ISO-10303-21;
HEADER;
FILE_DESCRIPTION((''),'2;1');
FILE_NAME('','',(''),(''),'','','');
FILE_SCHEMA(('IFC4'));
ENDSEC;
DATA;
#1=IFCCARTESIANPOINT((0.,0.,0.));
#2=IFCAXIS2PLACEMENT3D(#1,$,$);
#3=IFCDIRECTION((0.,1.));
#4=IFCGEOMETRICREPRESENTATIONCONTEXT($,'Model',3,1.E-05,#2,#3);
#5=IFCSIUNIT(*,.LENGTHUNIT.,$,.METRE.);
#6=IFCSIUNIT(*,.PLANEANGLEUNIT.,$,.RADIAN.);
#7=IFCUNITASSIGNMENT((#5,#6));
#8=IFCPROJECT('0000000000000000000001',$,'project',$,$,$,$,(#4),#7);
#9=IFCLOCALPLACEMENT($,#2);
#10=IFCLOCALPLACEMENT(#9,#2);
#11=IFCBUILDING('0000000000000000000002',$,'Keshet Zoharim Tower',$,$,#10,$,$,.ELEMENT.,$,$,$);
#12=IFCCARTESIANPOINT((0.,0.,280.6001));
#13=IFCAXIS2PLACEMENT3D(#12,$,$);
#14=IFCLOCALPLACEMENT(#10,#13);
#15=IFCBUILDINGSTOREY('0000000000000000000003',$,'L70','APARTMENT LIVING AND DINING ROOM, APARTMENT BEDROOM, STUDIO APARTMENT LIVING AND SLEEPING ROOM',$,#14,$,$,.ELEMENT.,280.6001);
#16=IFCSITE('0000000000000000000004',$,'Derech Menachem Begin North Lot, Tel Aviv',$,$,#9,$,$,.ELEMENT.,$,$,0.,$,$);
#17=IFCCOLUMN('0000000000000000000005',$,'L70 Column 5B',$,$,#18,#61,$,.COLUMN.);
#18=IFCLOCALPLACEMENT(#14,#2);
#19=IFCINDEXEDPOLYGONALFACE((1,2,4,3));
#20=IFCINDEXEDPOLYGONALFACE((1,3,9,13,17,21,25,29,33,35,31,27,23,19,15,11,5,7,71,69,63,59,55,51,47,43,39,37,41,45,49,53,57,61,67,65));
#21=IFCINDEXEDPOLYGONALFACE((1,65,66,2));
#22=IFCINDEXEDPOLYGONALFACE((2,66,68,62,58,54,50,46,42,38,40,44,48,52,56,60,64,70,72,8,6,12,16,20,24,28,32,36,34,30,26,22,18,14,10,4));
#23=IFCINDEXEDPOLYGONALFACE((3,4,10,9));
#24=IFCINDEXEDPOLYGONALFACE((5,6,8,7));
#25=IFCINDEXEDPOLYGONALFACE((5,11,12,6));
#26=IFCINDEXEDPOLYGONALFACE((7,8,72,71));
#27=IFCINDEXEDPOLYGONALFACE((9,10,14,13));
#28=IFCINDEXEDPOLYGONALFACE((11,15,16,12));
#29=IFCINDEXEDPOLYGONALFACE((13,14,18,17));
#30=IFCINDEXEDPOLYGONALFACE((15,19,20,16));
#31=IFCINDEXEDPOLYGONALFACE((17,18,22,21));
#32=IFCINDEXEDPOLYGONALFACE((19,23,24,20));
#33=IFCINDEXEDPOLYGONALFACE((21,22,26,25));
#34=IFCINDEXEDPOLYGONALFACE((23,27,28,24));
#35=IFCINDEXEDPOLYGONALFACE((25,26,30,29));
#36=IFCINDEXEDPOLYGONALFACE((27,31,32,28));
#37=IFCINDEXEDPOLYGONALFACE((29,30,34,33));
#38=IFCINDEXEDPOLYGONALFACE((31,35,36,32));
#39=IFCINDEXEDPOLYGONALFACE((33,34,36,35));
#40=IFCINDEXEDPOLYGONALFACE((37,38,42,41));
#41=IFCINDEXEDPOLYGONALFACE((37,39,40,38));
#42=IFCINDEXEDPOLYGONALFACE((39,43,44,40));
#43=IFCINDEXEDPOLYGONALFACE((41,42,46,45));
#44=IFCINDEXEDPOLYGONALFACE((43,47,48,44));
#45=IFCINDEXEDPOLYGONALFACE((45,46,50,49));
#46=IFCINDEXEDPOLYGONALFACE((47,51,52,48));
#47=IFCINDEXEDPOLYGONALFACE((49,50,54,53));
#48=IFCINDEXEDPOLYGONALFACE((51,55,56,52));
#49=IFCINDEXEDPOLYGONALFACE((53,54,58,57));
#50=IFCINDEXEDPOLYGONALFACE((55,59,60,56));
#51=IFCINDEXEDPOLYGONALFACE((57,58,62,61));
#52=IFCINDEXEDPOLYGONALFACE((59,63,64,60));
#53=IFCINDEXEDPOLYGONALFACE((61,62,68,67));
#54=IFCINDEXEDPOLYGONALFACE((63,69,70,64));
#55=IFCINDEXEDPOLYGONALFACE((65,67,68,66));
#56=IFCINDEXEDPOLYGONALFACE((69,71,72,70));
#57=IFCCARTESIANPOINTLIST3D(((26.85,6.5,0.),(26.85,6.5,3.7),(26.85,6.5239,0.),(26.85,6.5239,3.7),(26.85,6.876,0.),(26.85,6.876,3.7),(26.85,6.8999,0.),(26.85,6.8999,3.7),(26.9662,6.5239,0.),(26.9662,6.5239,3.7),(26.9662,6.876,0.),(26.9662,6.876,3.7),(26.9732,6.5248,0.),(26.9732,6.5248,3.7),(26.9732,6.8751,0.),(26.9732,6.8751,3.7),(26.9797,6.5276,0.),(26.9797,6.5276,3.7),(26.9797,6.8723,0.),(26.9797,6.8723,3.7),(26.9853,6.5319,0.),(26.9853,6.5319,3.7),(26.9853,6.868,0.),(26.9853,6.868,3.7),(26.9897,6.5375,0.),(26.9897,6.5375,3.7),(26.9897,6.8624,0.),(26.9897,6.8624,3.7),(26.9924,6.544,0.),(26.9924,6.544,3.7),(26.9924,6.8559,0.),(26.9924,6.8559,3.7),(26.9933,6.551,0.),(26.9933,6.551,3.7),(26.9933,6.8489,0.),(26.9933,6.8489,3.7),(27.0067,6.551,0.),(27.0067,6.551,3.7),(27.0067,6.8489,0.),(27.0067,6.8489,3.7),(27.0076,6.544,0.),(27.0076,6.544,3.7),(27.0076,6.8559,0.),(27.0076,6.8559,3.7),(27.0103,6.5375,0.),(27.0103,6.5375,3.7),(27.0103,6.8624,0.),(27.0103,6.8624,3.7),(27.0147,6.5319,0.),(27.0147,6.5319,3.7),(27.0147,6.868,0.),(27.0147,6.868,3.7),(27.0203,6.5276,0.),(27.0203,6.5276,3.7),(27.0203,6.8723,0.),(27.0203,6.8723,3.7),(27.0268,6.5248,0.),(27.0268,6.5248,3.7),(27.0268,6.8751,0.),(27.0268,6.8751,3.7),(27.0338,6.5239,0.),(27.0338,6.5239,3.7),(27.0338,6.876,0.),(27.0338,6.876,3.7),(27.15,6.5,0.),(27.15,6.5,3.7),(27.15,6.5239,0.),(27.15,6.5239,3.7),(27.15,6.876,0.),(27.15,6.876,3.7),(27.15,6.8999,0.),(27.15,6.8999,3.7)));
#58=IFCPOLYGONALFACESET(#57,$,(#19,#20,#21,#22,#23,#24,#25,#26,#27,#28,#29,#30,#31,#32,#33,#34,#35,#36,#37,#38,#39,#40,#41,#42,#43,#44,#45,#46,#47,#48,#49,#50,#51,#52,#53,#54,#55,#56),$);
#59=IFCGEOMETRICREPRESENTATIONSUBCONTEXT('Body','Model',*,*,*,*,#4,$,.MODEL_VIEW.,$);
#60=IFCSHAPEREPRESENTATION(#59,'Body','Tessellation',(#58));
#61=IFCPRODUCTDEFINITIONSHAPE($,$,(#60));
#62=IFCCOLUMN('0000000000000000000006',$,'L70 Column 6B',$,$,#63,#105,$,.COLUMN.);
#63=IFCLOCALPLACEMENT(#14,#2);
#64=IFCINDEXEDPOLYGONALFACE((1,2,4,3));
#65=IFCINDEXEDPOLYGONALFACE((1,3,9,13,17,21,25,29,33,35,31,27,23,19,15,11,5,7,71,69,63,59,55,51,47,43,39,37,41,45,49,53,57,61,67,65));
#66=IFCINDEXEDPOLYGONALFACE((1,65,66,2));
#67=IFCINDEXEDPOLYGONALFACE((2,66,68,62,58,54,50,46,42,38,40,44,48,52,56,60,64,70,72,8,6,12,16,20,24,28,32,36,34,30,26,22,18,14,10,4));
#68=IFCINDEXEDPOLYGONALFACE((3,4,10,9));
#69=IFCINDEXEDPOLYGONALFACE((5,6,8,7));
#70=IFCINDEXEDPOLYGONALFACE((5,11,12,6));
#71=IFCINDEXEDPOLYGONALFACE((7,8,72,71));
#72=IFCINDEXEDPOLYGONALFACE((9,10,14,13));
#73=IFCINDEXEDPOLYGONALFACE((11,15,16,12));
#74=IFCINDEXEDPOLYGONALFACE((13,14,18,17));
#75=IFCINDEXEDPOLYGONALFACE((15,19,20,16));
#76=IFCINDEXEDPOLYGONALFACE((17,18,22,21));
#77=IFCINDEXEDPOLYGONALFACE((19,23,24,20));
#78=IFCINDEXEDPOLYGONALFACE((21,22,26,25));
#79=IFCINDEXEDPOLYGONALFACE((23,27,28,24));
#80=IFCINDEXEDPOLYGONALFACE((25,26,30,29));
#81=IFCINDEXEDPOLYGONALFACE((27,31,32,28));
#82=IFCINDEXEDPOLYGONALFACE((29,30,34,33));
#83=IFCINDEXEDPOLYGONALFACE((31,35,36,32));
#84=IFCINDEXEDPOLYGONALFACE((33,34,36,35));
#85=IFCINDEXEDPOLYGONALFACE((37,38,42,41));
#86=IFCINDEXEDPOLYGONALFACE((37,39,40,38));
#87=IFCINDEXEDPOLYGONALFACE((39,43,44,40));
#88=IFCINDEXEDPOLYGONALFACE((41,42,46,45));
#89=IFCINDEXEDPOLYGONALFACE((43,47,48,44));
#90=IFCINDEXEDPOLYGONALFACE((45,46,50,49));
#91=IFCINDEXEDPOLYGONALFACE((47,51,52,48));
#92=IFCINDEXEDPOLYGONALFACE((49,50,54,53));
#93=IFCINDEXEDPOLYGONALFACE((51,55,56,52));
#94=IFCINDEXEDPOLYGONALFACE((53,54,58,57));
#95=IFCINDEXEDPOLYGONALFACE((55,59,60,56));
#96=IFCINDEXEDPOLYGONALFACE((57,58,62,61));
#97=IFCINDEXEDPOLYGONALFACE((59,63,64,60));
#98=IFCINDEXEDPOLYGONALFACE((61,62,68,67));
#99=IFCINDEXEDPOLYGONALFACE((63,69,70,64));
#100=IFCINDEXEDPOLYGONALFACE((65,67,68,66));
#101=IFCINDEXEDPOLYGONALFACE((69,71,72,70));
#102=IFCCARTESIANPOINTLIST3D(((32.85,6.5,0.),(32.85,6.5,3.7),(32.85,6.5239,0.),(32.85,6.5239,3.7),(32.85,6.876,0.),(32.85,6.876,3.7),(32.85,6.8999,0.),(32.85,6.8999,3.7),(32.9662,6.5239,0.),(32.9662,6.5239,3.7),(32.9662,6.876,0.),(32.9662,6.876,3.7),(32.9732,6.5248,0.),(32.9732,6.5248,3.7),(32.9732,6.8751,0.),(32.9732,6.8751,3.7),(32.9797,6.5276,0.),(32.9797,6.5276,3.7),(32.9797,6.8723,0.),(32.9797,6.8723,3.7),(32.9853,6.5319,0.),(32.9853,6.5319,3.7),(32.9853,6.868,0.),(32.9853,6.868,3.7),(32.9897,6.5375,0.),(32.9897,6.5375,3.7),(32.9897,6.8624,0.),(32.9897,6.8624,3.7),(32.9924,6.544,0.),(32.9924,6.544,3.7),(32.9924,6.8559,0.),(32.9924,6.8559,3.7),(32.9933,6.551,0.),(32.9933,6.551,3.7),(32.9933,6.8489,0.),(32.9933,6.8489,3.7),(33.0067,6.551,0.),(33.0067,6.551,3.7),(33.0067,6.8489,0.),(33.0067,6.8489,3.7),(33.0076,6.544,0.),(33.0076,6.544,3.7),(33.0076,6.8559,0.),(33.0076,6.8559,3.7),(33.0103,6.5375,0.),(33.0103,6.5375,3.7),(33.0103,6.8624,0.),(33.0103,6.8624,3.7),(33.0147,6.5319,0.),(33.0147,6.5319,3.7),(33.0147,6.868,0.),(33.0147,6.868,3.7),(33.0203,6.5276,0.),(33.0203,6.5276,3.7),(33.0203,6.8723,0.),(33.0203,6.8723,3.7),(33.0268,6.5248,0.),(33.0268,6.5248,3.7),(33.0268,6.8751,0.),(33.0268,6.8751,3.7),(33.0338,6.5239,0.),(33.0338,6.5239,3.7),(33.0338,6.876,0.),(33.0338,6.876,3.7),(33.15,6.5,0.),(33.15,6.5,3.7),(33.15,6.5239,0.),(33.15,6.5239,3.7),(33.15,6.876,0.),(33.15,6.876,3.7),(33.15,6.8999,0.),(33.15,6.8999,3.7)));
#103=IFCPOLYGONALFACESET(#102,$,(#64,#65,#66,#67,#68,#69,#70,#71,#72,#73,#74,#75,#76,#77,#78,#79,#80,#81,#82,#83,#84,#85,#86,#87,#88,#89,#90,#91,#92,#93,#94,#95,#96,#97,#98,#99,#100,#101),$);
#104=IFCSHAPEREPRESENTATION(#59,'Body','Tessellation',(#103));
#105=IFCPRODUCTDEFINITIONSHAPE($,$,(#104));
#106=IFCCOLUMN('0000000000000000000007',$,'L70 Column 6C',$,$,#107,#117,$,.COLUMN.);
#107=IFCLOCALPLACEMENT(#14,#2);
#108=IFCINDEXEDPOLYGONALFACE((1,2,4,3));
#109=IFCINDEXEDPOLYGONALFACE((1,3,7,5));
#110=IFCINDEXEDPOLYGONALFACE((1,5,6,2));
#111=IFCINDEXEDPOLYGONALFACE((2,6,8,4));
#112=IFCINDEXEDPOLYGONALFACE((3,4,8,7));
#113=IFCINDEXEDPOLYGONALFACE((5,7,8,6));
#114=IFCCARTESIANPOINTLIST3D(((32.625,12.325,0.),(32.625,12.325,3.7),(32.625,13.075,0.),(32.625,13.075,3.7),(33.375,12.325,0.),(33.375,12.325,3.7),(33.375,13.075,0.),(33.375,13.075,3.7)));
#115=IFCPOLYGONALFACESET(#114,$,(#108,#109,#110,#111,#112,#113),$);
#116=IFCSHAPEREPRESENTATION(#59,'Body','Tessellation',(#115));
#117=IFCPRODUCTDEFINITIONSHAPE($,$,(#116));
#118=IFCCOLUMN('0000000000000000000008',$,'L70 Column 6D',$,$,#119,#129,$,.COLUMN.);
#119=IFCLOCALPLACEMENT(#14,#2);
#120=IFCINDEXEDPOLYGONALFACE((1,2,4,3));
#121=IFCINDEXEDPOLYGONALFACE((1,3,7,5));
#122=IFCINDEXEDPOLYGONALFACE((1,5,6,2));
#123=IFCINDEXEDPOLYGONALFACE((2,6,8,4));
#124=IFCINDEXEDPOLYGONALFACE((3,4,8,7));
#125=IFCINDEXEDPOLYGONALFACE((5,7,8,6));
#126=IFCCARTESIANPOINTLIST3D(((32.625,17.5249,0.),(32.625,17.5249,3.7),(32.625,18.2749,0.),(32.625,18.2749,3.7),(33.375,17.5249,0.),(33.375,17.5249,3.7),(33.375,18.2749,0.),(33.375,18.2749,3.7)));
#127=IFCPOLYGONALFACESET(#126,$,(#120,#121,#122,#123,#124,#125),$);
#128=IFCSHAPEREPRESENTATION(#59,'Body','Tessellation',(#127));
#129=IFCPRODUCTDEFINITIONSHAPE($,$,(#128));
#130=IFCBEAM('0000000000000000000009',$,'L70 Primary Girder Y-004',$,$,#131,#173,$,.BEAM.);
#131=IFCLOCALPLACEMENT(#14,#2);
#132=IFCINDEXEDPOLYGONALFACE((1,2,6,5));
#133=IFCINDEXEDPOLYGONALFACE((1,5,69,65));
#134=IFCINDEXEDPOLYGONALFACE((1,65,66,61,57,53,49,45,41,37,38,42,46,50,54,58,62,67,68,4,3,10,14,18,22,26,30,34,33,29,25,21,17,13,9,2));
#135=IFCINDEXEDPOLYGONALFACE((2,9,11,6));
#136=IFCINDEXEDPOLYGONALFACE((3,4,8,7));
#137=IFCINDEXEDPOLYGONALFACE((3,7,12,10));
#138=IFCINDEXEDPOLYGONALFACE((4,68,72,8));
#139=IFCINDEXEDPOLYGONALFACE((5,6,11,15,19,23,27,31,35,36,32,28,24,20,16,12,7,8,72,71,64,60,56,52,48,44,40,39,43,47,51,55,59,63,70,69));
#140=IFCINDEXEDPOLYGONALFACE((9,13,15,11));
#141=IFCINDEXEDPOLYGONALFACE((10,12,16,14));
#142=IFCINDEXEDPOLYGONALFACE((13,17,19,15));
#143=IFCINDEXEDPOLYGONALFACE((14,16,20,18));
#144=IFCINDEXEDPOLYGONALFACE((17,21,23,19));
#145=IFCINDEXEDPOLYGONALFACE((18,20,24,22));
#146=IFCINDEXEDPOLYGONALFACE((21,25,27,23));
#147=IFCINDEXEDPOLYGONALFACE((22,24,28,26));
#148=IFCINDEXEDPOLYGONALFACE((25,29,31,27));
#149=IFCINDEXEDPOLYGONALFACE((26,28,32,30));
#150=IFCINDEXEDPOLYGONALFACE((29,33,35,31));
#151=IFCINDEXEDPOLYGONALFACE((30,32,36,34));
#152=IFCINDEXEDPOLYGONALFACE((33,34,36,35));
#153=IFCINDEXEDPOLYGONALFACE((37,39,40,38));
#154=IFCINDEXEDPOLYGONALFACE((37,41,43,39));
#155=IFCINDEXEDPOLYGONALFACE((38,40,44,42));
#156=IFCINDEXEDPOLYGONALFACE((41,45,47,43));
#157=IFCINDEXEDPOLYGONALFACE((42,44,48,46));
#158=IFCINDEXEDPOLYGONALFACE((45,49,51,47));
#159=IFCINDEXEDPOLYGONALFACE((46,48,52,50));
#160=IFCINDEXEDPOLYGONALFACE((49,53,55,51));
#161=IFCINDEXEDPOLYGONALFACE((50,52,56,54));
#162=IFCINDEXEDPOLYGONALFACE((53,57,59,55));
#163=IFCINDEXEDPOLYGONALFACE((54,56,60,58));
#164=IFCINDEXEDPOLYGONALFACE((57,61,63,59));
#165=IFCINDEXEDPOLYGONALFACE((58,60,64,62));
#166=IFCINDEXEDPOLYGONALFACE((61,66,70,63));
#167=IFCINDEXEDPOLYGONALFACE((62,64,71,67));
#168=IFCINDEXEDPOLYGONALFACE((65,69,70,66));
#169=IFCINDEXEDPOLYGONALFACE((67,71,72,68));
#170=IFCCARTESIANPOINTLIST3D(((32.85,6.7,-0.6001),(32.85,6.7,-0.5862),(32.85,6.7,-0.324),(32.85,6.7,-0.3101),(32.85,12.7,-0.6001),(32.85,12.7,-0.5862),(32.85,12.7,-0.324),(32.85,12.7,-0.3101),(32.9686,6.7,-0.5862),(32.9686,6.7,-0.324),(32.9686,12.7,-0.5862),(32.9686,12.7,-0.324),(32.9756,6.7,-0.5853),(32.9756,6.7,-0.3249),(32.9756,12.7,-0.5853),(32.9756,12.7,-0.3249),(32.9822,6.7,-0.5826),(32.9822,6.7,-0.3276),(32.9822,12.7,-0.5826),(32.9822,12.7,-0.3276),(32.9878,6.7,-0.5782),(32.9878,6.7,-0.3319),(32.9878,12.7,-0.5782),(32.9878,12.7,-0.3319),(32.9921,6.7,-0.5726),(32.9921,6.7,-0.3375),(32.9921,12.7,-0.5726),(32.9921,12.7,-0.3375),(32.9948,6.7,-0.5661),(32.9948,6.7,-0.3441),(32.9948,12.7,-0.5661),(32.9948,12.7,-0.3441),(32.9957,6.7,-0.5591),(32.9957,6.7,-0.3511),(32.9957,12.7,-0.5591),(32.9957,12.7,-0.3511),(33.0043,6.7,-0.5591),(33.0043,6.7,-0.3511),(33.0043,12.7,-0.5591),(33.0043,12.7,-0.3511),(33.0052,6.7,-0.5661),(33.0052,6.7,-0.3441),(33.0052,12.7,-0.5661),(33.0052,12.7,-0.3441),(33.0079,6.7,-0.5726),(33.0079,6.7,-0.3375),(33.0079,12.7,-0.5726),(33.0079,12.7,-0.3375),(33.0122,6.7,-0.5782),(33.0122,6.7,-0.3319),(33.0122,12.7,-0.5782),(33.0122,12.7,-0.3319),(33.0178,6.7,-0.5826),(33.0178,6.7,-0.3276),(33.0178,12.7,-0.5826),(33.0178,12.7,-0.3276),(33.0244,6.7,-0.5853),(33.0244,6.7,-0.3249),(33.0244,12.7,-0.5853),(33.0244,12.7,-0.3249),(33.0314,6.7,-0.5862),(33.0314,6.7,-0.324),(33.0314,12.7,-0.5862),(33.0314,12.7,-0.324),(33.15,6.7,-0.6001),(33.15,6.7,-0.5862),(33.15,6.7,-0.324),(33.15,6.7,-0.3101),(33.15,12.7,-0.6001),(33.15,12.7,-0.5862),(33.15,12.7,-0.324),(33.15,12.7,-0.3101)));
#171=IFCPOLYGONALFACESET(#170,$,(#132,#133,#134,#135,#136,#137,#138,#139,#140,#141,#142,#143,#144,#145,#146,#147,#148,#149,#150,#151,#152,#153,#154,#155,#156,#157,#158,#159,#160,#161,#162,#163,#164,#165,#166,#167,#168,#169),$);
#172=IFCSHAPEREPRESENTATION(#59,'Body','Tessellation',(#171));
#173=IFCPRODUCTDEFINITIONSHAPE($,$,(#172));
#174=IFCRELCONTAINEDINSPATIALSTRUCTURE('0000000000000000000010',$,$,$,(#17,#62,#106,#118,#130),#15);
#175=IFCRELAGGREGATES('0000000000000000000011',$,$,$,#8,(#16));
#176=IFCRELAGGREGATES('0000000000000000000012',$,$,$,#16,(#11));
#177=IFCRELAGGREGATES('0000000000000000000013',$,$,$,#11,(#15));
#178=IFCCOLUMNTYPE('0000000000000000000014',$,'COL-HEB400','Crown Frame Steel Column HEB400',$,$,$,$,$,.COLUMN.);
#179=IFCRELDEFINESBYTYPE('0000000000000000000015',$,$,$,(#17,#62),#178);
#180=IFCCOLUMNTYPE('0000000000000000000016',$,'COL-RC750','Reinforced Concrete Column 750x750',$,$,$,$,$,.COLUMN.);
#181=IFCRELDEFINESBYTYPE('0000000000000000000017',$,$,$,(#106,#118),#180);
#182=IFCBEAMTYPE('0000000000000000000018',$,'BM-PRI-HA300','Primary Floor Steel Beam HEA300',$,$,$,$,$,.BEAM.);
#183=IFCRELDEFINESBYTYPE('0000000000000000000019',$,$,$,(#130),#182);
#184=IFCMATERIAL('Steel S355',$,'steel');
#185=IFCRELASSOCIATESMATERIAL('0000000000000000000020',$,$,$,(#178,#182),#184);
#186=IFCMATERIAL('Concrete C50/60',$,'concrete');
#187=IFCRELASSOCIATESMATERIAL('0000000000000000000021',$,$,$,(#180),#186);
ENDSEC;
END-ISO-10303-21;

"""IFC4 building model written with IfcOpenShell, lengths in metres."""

from ifc_helpers import new_model, si_unit, direction, frame, origin, origin_2d, place, context, subcontext, project, spatial, rectangle, i_section, extrude, material, material_profile, profile_set, type_object, element, save


model = new_model("IFC4")

# Units and contexts
model_context = context("Model", 3, precision=1e-05, world=origin(), true_north=direction((0.0, 1.0)))
body_context = subcontext(model_context, "Body", "Model", "MODEL_VIEW")
ifc_project = project(units=[si_unit("LENGTHUNIT", "METRE"), si_unit("PLANEANGLEUNIT", "RADIAN")], contexts=[model_context])

# Site, building, storey
site_placement = place(None, origin())
site = spatial("IfcSite", under=ifc_project, at=site_placement, Name="Derech Menachem Begin North Lot, Tel Aviv", CompositionType="ELEMENT", RefElevation=0.0)
building_placement = place(site_placement, origin())
building = spatial("IfcBuilding", under=site, at=building_placement, Name="Keshet Zoharim Tower", CompositionType="ELEMENT")
storey_placement = place(building_placement, frame((0.0, 0.0, 280.6001)))
storey = spatial("IfcBuildingStorey", under=building, at=storey_placement, Name="L70", Description="APARTMENT LIVING AND DINING ROOM, APARTMENT BEDROOM, STUDIO APARTMENT LIVING AND SLEEPING ROOM", CompositionType="ELEMENT", Elevation=280.6001)

# Columns
ifc_material_1 = material(Name="Steel S355", Category="steel")
ifc_material_profile_1 = material_profile(ifc_material_1, i_section(OverallWidth=0.3, OverallDepth=0.3999, WebThickness=0.0134, FlangeThickness=0.0239, FilletRadius=0.0271, at=origin_2d()), Name="HEB400")
ifc_profile_set_1 = profile_set([ifc_material_profile_1], Name="Steel S355")
column_type_1 = type_object("IfcColumnType", Name="COL-HEB400", Description="Crown Frame Steel Column HEB400", PredefinedType="COLUMN", material=ifc_profile_set_1)
for number, where, z_axis, x_axis, name in (
    (1, (27.0, 6.7, 0.0), (0.0, 0.0, 1.0), (1.0, 0.0, 0.0), "L70 Column 5B"),
    (2, (33.0, 6.7, 0.0), (0.0, 0.0, 1.0), (1.0, 0.0, 0.0), "L70 Column 6B"),
):
    element("IfcColumn", number, at=place(storey_placement, frame(where, z_axis=z_axis, x_axis=x_axis)), inside=storey, type_object=column_type_1, Name=name, PredefinedType="COLUMN", context=body_context, shape_type="SweptSolid", body=[
        extrude(i_section(OverallWidth=0.3, OverallDepth=0.3999, WebThickness=0.0134, FlangeThickness=0.0239, FilletRadius=0.0271, at=origin_2d()), origin(), (0.0, 0.0, 1.0), 3.7),
    ])
ifc_material_2 = material(Name="Concrete C50/60", Category="concrete")
ifc_material_profile_2 = material_profile(ifc_material_2, rectangle(XDim=0.75, YDim=0.75, at=origin_2d()), Name="RC750x750")
ifc_profile_set_2 = profile_set([ifc_material_profile_2], Name="Concrete C50/60")
column_type_2 = type_object("IfcColumnType", Name="COL-RC750", Description="Reinforced Concrete Column 750x750", PredefinedType="COLUMN", material=ifc_profile_set_2)
for number, where, z_axis, x_axis, name in (
    (3, (33.0, 12.7, 0.0), (0.0, 0.0, 1.0), (1.0, 0.0, 0.0), "L70 Column 6C"),
    (4, (33.0, 17.8999, 0.0), (0.0, 0.0, 1.0), (1.0, 0.0, 0.0), "L70 Column 6D"),
):
    element("IfcColumn", number, at=place(storey_placement, frame(where, z_axis=z_axis, x_axis=x_axis)), inside=storey, type_object=column_type_2, Name=name, PredefinedType="COLUMN", context=body_context, shape_type="SweptSolid", body=[
        extrude(rectangle(XDim=0.75, YDim=0.75, at=origin_2d()), origin(), (0.0, 0.0, 1.0), 3.7),
    ])

# Beam
ifc_material_profile_3 = material_profile(ifc_material_1, i_section(OverallWidth=0.3, OverallDepth=0.29, WebThickness=0.0085, FlangeThickness=0.0139, FilletRadius=0.0271, at=origin_2d()), Name="HEA300")
ifc_profile_set_3 = profile_set([ifc_material_profile_3], Name="Steel S355")
beam_type_1 = type_object("IfcBeamType", Name="BM-PRI-HA300", Description="Primary Floor Steel Beam HEA300", PredefinedType="BEAM", material=ifc_profile_set_3)
beam_1_placement = place(storey_placement, frame((33.0, 6.7, -0.4551), z_axis=(0.0, 1.0, 0.0), x_axis=(-1.0, 0.0, 0.0)))
element("IfcBeam", 5, at=beam_1_placement, inside=storey, type_object=beam_type_1, Name="L70 Primary Girder Y-004", PredefinedType="BEAM", context=body_context, shape_type="SweptSolid", body=[
    extrude(i_section(OverallWidth=0.3, OverallDepth=0.29, WebThickness=0.0085, FlangeThickness=0.0139, FilletRadius=0.0271, at=origin_2d()), origin(), (0.0, 0.0, 1.0), 6.0),
])

save(model, "model.ifc")
